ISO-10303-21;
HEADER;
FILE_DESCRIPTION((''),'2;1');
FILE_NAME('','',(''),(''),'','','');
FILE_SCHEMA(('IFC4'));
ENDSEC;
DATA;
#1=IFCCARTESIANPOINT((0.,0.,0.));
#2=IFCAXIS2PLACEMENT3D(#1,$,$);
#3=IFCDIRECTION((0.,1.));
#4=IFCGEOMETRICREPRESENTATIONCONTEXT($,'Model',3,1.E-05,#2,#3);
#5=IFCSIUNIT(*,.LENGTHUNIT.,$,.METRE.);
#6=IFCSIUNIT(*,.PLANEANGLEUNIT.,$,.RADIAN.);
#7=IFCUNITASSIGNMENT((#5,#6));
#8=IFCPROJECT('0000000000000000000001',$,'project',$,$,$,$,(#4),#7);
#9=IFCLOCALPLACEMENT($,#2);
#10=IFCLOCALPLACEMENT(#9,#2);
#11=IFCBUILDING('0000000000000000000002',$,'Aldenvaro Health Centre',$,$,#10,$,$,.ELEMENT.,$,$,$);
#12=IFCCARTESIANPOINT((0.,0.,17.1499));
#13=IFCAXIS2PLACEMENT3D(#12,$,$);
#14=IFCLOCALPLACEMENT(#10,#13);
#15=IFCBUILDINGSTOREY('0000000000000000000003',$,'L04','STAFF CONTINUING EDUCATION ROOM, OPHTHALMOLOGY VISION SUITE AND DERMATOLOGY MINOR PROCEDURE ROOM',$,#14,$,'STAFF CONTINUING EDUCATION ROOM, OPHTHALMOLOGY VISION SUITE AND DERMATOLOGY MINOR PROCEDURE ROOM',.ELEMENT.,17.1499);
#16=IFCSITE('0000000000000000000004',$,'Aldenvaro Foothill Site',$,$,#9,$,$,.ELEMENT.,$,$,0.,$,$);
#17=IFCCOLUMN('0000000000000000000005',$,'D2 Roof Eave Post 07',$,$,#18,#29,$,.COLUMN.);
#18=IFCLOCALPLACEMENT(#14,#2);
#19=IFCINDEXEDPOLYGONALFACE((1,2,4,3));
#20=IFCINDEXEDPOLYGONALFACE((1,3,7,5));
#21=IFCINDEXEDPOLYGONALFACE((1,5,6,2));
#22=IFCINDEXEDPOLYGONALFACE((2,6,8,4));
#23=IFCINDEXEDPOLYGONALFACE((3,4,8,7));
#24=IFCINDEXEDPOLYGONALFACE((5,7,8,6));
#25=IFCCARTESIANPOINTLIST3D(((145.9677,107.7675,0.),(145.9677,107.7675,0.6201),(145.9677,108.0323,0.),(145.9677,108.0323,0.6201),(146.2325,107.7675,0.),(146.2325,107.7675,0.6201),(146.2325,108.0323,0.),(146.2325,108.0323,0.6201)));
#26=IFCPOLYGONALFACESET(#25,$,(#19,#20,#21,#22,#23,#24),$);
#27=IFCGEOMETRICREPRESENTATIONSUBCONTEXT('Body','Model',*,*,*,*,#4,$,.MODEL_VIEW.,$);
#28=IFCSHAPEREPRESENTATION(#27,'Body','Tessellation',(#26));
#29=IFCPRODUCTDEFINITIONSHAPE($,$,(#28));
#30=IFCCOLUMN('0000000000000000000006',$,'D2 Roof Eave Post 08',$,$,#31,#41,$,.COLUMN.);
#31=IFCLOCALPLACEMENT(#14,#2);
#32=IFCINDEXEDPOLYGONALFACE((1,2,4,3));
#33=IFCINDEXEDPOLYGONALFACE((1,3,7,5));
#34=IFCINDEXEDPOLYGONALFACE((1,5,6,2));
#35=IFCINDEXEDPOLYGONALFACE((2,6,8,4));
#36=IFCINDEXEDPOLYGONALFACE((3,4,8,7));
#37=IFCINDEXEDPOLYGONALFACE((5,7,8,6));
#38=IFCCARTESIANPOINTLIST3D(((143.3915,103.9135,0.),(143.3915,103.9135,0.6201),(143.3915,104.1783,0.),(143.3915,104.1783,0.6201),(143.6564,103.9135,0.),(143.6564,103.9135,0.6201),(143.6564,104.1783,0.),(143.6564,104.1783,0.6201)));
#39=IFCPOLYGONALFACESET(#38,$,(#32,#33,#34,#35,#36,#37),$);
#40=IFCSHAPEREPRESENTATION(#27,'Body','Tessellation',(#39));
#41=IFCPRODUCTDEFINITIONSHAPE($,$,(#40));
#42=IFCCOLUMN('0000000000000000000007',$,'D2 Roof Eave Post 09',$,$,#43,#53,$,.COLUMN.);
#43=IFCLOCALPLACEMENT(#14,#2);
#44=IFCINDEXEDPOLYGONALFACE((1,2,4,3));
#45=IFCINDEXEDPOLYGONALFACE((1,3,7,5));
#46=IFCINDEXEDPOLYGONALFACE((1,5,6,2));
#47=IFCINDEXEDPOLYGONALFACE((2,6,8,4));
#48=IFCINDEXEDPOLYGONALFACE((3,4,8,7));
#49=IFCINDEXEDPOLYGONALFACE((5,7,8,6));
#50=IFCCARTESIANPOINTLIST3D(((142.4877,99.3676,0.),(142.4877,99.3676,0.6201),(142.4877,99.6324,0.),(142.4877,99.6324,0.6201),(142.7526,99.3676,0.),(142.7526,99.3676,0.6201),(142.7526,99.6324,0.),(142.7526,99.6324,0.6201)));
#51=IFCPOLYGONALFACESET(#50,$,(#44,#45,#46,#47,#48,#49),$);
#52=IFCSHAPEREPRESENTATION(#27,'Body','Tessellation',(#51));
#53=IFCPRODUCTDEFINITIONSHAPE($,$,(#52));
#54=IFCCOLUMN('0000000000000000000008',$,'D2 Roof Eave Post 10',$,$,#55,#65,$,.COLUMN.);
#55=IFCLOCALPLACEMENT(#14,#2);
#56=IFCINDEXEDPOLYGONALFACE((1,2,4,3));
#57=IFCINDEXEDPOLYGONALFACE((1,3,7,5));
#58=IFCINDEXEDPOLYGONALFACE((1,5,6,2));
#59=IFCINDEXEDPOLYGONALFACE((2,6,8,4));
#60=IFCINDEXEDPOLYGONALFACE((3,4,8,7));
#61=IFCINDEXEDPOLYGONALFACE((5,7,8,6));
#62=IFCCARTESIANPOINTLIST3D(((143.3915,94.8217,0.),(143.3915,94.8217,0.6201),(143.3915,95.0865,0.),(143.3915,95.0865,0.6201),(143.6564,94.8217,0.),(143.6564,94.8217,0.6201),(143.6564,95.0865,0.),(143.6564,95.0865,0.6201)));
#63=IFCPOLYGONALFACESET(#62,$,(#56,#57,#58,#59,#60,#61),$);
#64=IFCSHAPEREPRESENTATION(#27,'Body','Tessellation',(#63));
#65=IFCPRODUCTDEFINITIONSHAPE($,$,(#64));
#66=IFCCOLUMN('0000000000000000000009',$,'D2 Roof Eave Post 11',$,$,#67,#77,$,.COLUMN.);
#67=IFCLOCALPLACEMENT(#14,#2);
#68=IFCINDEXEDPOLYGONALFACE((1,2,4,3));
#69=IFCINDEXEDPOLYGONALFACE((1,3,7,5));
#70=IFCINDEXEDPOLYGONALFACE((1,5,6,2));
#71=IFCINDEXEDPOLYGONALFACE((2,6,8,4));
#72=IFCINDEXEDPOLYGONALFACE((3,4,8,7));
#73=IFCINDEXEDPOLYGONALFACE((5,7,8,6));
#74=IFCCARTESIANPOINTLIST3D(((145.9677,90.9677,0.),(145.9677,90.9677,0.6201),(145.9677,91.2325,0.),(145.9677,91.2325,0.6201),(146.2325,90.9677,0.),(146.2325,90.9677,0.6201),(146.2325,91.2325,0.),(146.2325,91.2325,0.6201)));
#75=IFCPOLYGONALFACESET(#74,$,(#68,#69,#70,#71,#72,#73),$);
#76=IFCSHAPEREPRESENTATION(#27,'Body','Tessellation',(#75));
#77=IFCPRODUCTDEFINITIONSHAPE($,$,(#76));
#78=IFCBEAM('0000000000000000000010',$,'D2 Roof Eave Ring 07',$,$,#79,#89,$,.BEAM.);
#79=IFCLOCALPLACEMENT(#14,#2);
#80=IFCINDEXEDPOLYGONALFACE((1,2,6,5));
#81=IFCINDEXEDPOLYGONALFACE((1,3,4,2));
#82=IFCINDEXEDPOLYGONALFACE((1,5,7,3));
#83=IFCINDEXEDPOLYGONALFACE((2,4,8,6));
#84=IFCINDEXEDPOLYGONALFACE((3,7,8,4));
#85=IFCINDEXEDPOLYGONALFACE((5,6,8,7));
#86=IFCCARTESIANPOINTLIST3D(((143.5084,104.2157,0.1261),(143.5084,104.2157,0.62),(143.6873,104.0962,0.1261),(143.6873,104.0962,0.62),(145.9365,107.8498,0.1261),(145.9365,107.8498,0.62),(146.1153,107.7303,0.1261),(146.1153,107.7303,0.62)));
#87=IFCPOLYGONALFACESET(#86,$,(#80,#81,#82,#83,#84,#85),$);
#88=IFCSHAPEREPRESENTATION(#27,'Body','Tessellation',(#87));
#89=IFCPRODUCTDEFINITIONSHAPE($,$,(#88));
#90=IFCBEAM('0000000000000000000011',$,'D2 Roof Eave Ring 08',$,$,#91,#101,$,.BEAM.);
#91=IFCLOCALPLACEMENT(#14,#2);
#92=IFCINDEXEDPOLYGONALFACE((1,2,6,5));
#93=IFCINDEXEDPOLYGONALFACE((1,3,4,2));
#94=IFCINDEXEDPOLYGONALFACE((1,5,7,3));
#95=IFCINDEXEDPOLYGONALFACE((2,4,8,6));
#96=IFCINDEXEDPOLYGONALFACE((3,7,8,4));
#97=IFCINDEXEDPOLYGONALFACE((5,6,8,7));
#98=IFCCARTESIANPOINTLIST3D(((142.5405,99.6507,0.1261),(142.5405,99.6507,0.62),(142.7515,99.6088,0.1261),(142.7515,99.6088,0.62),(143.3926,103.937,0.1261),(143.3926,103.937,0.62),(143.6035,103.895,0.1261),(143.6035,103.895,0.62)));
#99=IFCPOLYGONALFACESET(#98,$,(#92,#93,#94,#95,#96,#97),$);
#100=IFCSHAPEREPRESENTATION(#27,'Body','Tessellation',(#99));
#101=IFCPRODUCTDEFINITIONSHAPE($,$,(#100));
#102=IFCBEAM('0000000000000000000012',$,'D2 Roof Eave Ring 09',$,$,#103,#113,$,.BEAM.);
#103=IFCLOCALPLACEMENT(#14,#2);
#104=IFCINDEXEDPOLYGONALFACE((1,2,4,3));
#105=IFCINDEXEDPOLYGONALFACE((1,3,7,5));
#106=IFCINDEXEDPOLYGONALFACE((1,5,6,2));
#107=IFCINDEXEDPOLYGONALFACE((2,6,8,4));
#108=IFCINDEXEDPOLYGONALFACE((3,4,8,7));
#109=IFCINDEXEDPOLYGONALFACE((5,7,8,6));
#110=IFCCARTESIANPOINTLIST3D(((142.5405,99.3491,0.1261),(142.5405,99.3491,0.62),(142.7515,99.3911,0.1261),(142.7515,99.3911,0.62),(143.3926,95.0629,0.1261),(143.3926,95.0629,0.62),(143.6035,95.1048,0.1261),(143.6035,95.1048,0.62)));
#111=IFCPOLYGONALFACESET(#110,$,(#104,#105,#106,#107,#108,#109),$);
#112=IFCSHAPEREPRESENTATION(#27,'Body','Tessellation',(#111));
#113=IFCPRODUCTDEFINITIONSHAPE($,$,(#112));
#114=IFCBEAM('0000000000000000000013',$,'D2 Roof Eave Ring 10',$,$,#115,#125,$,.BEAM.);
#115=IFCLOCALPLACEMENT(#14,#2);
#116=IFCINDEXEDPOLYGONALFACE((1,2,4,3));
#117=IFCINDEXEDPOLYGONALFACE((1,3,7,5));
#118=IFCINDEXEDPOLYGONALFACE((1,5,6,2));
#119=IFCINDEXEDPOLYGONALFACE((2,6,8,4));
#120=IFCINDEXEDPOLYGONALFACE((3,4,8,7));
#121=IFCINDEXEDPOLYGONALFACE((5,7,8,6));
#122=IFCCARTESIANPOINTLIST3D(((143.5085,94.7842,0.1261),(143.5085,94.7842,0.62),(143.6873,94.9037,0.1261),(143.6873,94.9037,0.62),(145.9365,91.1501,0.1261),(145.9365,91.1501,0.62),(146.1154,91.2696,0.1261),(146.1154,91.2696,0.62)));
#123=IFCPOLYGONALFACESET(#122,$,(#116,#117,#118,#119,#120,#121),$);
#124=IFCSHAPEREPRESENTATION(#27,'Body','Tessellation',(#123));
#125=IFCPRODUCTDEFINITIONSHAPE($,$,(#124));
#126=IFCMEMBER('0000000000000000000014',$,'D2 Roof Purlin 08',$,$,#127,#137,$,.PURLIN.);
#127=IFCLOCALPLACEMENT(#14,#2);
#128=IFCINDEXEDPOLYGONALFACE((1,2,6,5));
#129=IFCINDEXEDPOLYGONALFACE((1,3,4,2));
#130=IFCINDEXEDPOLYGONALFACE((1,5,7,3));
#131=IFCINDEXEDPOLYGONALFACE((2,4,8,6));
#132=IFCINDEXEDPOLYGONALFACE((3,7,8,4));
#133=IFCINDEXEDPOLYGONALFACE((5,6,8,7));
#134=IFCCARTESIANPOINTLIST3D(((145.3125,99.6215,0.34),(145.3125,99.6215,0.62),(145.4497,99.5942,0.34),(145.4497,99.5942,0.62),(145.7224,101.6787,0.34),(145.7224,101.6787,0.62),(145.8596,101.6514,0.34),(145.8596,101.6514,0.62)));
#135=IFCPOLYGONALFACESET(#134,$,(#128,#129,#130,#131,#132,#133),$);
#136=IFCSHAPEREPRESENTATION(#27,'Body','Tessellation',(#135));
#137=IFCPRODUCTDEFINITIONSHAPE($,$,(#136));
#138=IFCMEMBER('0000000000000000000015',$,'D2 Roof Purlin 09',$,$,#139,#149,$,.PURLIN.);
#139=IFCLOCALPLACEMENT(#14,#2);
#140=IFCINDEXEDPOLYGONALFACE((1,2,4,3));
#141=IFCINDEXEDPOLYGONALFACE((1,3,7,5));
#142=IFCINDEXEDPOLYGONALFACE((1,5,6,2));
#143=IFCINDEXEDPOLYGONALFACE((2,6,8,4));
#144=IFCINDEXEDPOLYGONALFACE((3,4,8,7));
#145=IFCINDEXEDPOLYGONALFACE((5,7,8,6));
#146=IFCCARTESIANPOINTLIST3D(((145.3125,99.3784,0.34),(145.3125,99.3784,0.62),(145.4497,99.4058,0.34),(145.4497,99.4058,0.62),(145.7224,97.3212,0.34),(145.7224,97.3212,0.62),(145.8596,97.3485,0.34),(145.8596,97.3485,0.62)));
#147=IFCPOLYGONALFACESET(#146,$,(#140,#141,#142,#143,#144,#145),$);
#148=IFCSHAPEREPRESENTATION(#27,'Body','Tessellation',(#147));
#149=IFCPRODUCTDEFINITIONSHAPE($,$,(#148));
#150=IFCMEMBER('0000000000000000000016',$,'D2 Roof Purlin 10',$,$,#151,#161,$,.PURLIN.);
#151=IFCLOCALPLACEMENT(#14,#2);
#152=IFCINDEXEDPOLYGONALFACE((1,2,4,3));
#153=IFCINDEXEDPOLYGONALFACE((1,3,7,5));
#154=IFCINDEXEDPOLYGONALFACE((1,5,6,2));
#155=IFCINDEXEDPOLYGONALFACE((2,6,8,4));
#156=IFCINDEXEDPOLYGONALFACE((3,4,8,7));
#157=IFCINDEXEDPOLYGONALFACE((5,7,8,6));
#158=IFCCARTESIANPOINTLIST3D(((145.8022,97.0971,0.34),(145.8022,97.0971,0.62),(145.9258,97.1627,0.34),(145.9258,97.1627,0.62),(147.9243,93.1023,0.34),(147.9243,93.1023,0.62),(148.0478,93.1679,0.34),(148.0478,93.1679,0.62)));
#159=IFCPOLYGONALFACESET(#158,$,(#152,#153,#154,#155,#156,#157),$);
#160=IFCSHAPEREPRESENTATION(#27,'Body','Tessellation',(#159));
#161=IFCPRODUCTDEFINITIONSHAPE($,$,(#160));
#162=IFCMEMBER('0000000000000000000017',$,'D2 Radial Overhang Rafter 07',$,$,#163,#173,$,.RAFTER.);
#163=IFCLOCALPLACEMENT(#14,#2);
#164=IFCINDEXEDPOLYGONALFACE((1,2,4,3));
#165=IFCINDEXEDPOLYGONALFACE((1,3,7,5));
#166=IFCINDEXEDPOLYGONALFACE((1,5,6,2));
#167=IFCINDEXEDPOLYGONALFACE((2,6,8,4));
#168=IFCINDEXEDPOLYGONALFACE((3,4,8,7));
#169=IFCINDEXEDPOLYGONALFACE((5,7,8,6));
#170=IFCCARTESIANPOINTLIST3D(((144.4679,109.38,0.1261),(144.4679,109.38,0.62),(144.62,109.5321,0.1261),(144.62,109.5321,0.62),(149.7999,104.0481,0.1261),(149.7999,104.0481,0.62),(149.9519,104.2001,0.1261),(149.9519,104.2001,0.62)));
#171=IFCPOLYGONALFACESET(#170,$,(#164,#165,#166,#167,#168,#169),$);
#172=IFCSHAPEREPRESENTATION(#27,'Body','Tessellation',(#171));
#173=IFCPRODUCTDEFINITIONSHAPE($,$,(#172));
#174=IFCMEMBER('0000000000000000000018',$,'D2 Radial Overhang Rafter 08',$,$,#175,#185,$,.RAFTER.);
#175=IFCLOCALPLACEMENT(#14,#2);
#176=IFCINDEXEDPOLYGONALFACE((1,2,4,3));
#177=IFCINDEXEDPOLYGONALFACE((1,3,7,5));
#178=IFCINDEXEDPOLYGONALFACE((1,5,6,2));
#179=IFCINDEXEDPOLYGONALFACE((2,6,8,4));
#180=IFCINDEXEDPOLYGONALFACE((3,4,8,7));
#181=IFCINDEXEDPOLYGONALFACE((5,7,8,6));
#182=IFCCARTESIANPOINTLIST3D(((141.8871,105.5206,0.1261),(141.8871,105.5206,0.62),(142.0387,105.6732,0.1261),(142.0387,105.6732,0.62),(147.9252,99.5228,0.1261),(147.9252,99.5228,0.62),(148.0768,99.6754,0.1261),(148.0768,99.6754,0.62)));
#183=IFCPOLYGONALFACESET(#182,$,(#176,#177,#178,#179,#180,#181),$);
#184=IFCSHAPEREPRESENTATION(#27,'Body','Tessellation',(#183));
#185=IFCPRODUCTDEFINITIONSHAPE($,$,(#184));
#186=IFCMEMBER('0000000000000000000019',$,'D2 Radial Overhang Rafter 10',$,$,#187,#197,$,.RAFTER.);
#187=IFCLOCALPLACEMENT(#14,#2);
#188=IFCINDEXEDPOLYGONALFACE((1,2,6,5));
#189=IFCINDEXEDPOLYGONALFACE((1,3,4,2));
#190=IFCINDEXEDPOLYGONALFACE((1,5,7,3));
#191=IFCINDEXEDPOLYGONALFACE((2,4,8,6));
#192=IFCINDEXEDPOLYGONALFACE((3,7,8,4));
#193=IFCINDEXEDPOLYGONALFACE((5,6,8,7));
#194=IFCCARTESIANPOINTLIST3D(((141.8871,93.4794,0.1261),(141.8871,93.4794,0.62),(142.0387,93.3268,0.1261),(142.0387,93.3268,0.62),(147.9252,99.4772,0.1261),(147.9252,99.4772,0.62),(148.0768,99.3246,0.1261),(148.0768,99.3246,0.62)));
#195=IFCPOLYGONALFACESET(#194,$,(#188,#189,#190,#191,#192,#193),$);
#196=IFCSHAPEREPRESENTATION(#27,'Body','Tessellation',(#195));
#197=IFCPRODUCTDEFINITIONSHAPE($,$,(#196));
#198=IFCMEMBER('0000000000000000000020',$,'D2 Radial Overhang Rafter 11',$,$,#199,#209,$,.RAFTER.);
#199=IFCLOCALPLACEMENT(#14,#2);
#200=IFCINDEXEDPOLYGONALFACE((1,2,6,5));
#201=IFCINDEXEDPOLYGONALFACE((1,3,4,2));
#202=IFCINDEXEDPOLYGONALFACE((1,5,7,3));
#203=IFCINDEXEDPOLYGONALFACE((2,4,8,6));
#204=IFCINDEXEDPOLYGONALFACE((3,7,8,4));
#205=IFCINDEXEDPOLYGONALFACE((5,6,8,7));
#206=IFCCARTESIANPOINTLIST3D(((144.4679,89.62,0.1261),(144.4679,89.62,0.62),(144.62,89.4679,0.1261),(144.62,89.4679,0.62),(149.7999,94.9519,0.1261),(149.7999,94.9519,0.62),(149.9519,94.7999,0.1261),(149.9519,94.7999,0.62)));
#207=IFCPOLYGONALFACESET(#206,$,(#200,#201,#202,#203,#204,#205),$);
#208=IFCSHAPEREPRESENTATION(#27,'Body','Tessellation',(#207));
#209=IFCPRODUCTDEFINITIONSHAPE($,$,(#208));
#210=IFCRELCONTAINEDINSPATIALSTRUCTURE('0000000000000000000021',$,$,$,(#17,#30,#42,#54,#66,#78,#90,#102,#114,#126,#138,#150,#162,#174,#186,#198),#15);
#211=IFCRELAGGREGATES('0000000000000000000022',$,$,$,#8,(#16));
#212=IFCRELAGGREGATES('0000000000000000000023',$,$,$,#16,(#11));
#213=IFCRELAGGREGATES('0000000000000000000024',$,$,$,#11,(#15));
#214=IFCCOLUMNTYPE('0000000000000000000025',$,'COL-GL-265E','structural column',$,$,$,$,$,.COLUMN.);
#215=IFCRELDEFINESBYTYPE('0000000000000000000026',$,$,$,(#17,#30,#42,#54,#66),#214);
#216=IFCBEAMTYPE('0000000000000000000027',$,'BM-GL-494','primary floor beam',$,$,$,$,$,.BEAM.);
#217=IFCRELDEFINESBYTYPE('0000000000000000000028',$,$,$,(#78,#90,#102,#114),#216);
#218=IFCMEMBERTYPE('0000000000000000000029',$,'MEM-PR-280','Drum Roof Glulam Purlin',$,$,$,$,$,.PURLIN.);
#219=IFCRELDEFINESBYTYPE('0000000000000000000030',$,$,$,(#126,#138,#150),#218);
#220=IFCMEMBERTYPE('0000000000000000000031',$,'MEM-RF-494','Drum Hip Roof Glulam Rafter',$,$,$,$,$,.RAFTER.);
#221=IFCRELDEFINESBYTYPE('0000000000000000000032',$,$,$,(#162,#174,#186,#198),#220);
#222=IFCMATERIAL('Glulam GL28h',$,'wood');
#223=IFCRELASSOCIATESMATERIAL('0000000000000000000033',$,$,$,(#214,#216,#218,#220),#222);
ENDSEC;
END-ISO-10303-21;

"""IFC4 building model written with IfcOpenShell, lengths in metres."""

from ifc_helpers import new_model, si_unit, direction, frame, origin, origin_2d, place, context, subcontext, project, spatial, rectangle, extrude, material, material_profile, profile_set, type_object, element, save


model = new_model("IFC4")

# Units and contexts
model_context = context("Model", 3, precision=1e-05, world=origin(), true_north=direction((0.0, 1.0)))
body_context = subcontext(model_context, "Body", "Model", "MODEL_VIEW")
ifc_project = project(units=[si_unit("LENGTHUNIT", "METRE"), si_unit("PLANEANGLEUNIT", "RADIAN")], contexts=[model_context])

# Site, building, storey
site_placement = place(None, origin())
site = spatial("IfcSite", under=ifc_project, at=site_placement, Name="Aldenvaro Foothill Site", CompositionType="ELEMENT", RefElevation=0.0)
building_placement = place(site_placement, origin())
building = spatial("IfcBuilding", under=site, at=building_placement, Name="Aldenvaro Health Centre", CompositionType="ELEMENT")
storey_placement = place(building_placement, frame((0.0, 0.0, 17.1499)))
storey = spatial("IfcBuildingStorey", under=building, at=storey_placement, Name="L04", Description="STAFF CONTINUING EDUCATION ROOM, OPHTHALMOLOGY VISION SUITE AND DERMATOLOGY MINOR PROCEDURE ROOM", LongName="STAFF CONTINUING EDUCATION ROOM, OPHTHALMOLOGY VISION SUITE AND DERMATOLOGY MINOR PROCEDURE ROOM", CompositionType="ELEMENT", Elevation=17.1499)

# Columns
ifc_material_1 = material(Name="Glulam GL28h", Category="wood")
ifc_material_profile_1 = material_profile(ifc_material_1, rectangle(XDim=0.2649, YDim=0.2649, at=origin_2d()), Name="GL 265x265", Category="wood")
ifc_profile_set_1 = profile_set([ifc_material_profile_1], Name="Glulam GL28h")
column_type = type_object("IfcColumnType", Name="COL-GL-265E", Description="structural column", PredefinedType="COLUMN", material=ifc_profile_set_1)
for number, where, z_axis, x_axis, name in (
    (1, (146.1001, 107.8999, 0.0), (0.0, 0.0, 1.0), (1.0, 0.0, 0.0), "D2 Roof Eave Post 07"),
    (2, (143.5239, 104.0459, 0.0), (0.0, 0.0, 1.0), (1.0, 0.0, 0.0), "D2 Roof Eave Post 08"),
    (3, (142.6201, 99.5, 0.0), (0.0, 0.0, 1.0), (1.0, 0.0, 0.0), "D2 Roof Eave Post 09"),
    (4, (143.5239, 94.9541, 0.0), (0.0, 0.0, 1.0), (1.0, 0.0, 0.0), "D2 Roof Eave Post 10"),
    (5, (146.1001, 91.1001, 0.0), (0.0, 0.0, 1.0), (1.0, 0.0, 0.0), "D2 Roof Eave Post 11"),
):
    element("IfcColumn", number, at=place(storey_placement, frame(where, z_axis=z_axis, x_axis=x_axis)), inside=storey, type_object=column_type, Name=name, PredefinedType="COLUMN", context=body_context, shape_type="SweptSolid", body=[
        extrude(rectangle(XDim=0.2649, YDim=0.2649, at=origin_2d()), origin(), (0.0, 0.0, 1.0), 0.6201),
    ])

# Beams
ifc_material_profile_2 = material_profile(ifc_material_1, rectangle(XDim=0.2151, YDim=0.4939, at=origin_2d()), Name="GL 215x494", Category="wood")
ifc_profile_set_2 = profile_set([ifc_material_profile_2], Name="Glulam GL28h")
beam_type = type_object("IfcBeamType", Name="BM-GL-494", Description="primary floor beam", PredefinedType="BEAM", material=ifc_profile_set_2)
beam_1_placement = place(storey_placement, frame((146.0259, 107.79, 0.373), z_axis=(-0.555538, -0.831491, 0.0), x_axis=(0.831491, -0.555538, 0.0)))
element("IfcBeam", 6, at=beam_1_placement, inside=storey, type_object=beam_type, Name="D2 Roof Eave Ring 07", PredefinedType="BEAM", context=body_context, shape_type="SweptSolid", body=[
    extrude(rectangle(XDim=0.2151, YDim=0.4939, at=origin_2d()), origin(), (0.0, 0.0, 1.0), 4.3706),
])
for number, where, z_axis, x_axis, name in (
    (7, (143.498, 103.916, 0.373), (-0.194977, -0.980808, 0.0), (0.980808, -0.194977, 0.0), "D2 Roof Eave Ring 08"),
    (8, (142.646, 99.3701, 0.373), (0.194977, -0.980808, 0.0), (0.980808, 0.194977, 0.0), "D2 Roof Eave Ring 09"),
):
    element("IfcBeam", number, at=place(storey_placement, frame(where, z_axis=z_axis, x_axis=x_axis)), inside=storey, type_object=beam_type, Name=name, PredefinedType="BEAM", context=body_context, shape_type="SweptSolid", body=[
        extrude(rectangle(XDim=0.2151, YDim=0.4939, at=origin_2d()), origin(), (0.0, 0.0, 1.0), 4.3701),
    ])
beam_2_placement = place(storey_placement, frame((143.5979, 94.844, 0.373), z_axis=(0.555538, -0.831491, 0.0), x_axis=(0.831491, 0.555538, 0.0)))
element("IfcBeam", 9, at=beam_2_placement, inside=storey, type_object=beam_type, Name="D2 Roof Eave Ring 10", PredefinedType="BEAM", context=body_context, shape_type="SweptSolid", body=[
    extrude(rectangle(XDim=0.2151, YDim=0.4939, at=origin_2d()), origin(), (0.0, 0.0, 1.0), 4.3706),
])

# Members
ifc_material_profile_3 = material_profile(ifc_material_1, rectangle(XDim=0.1399, YDim=0.28, at=origin_2d()), Name="GL 140x280", Category="wood")
ifc_profile_set_3 = profile_set([ifc_material_profile_3], Name="Glulam GL28h")
member_type_1 = type_object("IfcMemberType", Name="MEM-PR-280", Description="Drum Roof Glulam Purlin", PredefinedType="PURLIN", material=ifc_profile_set_3)
for number, where, z_axis, x_axis, name in (
    (10, (145.791, 101.665, 0.48), (-0.195422, -0.980719, 0.0), (0.980719, -0.195422, 0.0), "D2 Roof Purlin 08"),
    (11, (145.3811, 99.3921, 0.48), (0.195422, -0.980719, 0.0), (0.980719, 0.195422, 0.0), "D2 Roof Purlin 09"),
):
    element("IfcMember", number, at=place(storey_placement, frame(where, z_axis=z_axis, x_axis=x_axis)), inside=storey, type_object=member_type_1, Name=name, PredefinedType="PURLIN", context=body_context, shape_type="SweptSolid", body=[
        extrude(rectangle(XDim=0.1399, YDim=0.28, at=origin_2d()), origin(), (0.0, 0.0, 1.0), 2.0977),
    ])
member_1_placement = place(storey_placement, frame((145.864, 97.1299, 0.48), z_axis=(0.46912, -0.883135, 0.0), x_axis=(0.883135, 0.46912, 0.0)))
element("IfcMember", 12, at=member_1_placement, inside=storey, type_object=member_type_1, Name="D2 Roof Purlin 10", PredefinedType="PURLIN", context=body_context, shape_type="SweptSolid", body=[
    extrude(rectangle(XDim=0.1399, YDim=0.28, at=origin_2d()), origin(), (0.0, 0.0, 1.0), 4.5234),
])
ifc_material_profile_4 = material_profile(ifc_material_1, rectangle(XDim=0.2151, YDim=0.4939, at=origin_2d()), Name="GL 215x494", Category="wood")
ifc_profile_set_4 = profile_set([ifc_material_profile_4], Name="Glulam GL28h")
member_type_2 = type_object("IfcMemberType", Name="MEM-RF-494", Description="Drum Hip Roof Glulam Rafter", PredefinedType="RAFTER", material=ifc_profile_set_4)
member_2_placement = place(storey_placement, frame((144.5439, 109.4561, 0.373), z_axis=(0.707107, -0.707107, 0.0), x_axis=(0.707107, 0.707107, 0.0)))
element("IfcMember", 13, at=member_2_placement, inside=storey, type_object=member_type_2, Name="D2 Radial Overhang Rafter 07", PredefinedType="RAFTER", context=body_context, shape_type="SweptSolid", body=[
    extrude(rectangle(XDim=0.2151, YDim=0.4939, at=origin_2d()), origin(), (0.0, 0.0, 1.0), 7.5405),
])
for number, where, z_axis, x_axis, name in (
    (14, (141.9629, 105.5969, 0.373), (0.709469, -0.704736, 0.0), (0.704736, 0.709469, 0.0), "D2 Radial Overhang Rafter 08"),
    (15, (141.9629, 93.4031, 0.373), (0.709469, 0.704736, 0.0), (-0.704736, 0.709469, 0.0), "D2 Radial Overhang Rafter 10"),
):
    element("IfcMember", number, at=place(storey_placement, frame(where, z_axis=z_axis, x_axis=x_axis)), inside=storey, type_object=member_type_2, Name=name, PredefinedType="RAFTER", context=body_context, shape_type="SweptSolid", body=[
        extrude(rectangle(XDim=0.2151, YDim=0.4939, at=origin_2d()), origin(), (0.0, 0.0, 1.0), 8.5107),
    ])
member_3_placement = place(storey_placement, frame((144.5439, 89.5439, 0.373), z_axis=(0.707107, 0.707107, 0.0), x_axis=(-0.707107, 0.707107, 0.0)))
element("IfcMember", 16, at=member_3_placement, inside=storey, type_object=member_type_2, Name="D2 Radial Overhang Rafter 11", PredefinedType="RAFTER", context=body_context, shape_type="SweptSolid", body=[
    extrude(rectangle(XDim=0.2151, YDim=0.4939, at=origin_2d()), origin(), (0.0, 0.0, 1.0), 7.5405),
])

save(model, "model.ifc")
